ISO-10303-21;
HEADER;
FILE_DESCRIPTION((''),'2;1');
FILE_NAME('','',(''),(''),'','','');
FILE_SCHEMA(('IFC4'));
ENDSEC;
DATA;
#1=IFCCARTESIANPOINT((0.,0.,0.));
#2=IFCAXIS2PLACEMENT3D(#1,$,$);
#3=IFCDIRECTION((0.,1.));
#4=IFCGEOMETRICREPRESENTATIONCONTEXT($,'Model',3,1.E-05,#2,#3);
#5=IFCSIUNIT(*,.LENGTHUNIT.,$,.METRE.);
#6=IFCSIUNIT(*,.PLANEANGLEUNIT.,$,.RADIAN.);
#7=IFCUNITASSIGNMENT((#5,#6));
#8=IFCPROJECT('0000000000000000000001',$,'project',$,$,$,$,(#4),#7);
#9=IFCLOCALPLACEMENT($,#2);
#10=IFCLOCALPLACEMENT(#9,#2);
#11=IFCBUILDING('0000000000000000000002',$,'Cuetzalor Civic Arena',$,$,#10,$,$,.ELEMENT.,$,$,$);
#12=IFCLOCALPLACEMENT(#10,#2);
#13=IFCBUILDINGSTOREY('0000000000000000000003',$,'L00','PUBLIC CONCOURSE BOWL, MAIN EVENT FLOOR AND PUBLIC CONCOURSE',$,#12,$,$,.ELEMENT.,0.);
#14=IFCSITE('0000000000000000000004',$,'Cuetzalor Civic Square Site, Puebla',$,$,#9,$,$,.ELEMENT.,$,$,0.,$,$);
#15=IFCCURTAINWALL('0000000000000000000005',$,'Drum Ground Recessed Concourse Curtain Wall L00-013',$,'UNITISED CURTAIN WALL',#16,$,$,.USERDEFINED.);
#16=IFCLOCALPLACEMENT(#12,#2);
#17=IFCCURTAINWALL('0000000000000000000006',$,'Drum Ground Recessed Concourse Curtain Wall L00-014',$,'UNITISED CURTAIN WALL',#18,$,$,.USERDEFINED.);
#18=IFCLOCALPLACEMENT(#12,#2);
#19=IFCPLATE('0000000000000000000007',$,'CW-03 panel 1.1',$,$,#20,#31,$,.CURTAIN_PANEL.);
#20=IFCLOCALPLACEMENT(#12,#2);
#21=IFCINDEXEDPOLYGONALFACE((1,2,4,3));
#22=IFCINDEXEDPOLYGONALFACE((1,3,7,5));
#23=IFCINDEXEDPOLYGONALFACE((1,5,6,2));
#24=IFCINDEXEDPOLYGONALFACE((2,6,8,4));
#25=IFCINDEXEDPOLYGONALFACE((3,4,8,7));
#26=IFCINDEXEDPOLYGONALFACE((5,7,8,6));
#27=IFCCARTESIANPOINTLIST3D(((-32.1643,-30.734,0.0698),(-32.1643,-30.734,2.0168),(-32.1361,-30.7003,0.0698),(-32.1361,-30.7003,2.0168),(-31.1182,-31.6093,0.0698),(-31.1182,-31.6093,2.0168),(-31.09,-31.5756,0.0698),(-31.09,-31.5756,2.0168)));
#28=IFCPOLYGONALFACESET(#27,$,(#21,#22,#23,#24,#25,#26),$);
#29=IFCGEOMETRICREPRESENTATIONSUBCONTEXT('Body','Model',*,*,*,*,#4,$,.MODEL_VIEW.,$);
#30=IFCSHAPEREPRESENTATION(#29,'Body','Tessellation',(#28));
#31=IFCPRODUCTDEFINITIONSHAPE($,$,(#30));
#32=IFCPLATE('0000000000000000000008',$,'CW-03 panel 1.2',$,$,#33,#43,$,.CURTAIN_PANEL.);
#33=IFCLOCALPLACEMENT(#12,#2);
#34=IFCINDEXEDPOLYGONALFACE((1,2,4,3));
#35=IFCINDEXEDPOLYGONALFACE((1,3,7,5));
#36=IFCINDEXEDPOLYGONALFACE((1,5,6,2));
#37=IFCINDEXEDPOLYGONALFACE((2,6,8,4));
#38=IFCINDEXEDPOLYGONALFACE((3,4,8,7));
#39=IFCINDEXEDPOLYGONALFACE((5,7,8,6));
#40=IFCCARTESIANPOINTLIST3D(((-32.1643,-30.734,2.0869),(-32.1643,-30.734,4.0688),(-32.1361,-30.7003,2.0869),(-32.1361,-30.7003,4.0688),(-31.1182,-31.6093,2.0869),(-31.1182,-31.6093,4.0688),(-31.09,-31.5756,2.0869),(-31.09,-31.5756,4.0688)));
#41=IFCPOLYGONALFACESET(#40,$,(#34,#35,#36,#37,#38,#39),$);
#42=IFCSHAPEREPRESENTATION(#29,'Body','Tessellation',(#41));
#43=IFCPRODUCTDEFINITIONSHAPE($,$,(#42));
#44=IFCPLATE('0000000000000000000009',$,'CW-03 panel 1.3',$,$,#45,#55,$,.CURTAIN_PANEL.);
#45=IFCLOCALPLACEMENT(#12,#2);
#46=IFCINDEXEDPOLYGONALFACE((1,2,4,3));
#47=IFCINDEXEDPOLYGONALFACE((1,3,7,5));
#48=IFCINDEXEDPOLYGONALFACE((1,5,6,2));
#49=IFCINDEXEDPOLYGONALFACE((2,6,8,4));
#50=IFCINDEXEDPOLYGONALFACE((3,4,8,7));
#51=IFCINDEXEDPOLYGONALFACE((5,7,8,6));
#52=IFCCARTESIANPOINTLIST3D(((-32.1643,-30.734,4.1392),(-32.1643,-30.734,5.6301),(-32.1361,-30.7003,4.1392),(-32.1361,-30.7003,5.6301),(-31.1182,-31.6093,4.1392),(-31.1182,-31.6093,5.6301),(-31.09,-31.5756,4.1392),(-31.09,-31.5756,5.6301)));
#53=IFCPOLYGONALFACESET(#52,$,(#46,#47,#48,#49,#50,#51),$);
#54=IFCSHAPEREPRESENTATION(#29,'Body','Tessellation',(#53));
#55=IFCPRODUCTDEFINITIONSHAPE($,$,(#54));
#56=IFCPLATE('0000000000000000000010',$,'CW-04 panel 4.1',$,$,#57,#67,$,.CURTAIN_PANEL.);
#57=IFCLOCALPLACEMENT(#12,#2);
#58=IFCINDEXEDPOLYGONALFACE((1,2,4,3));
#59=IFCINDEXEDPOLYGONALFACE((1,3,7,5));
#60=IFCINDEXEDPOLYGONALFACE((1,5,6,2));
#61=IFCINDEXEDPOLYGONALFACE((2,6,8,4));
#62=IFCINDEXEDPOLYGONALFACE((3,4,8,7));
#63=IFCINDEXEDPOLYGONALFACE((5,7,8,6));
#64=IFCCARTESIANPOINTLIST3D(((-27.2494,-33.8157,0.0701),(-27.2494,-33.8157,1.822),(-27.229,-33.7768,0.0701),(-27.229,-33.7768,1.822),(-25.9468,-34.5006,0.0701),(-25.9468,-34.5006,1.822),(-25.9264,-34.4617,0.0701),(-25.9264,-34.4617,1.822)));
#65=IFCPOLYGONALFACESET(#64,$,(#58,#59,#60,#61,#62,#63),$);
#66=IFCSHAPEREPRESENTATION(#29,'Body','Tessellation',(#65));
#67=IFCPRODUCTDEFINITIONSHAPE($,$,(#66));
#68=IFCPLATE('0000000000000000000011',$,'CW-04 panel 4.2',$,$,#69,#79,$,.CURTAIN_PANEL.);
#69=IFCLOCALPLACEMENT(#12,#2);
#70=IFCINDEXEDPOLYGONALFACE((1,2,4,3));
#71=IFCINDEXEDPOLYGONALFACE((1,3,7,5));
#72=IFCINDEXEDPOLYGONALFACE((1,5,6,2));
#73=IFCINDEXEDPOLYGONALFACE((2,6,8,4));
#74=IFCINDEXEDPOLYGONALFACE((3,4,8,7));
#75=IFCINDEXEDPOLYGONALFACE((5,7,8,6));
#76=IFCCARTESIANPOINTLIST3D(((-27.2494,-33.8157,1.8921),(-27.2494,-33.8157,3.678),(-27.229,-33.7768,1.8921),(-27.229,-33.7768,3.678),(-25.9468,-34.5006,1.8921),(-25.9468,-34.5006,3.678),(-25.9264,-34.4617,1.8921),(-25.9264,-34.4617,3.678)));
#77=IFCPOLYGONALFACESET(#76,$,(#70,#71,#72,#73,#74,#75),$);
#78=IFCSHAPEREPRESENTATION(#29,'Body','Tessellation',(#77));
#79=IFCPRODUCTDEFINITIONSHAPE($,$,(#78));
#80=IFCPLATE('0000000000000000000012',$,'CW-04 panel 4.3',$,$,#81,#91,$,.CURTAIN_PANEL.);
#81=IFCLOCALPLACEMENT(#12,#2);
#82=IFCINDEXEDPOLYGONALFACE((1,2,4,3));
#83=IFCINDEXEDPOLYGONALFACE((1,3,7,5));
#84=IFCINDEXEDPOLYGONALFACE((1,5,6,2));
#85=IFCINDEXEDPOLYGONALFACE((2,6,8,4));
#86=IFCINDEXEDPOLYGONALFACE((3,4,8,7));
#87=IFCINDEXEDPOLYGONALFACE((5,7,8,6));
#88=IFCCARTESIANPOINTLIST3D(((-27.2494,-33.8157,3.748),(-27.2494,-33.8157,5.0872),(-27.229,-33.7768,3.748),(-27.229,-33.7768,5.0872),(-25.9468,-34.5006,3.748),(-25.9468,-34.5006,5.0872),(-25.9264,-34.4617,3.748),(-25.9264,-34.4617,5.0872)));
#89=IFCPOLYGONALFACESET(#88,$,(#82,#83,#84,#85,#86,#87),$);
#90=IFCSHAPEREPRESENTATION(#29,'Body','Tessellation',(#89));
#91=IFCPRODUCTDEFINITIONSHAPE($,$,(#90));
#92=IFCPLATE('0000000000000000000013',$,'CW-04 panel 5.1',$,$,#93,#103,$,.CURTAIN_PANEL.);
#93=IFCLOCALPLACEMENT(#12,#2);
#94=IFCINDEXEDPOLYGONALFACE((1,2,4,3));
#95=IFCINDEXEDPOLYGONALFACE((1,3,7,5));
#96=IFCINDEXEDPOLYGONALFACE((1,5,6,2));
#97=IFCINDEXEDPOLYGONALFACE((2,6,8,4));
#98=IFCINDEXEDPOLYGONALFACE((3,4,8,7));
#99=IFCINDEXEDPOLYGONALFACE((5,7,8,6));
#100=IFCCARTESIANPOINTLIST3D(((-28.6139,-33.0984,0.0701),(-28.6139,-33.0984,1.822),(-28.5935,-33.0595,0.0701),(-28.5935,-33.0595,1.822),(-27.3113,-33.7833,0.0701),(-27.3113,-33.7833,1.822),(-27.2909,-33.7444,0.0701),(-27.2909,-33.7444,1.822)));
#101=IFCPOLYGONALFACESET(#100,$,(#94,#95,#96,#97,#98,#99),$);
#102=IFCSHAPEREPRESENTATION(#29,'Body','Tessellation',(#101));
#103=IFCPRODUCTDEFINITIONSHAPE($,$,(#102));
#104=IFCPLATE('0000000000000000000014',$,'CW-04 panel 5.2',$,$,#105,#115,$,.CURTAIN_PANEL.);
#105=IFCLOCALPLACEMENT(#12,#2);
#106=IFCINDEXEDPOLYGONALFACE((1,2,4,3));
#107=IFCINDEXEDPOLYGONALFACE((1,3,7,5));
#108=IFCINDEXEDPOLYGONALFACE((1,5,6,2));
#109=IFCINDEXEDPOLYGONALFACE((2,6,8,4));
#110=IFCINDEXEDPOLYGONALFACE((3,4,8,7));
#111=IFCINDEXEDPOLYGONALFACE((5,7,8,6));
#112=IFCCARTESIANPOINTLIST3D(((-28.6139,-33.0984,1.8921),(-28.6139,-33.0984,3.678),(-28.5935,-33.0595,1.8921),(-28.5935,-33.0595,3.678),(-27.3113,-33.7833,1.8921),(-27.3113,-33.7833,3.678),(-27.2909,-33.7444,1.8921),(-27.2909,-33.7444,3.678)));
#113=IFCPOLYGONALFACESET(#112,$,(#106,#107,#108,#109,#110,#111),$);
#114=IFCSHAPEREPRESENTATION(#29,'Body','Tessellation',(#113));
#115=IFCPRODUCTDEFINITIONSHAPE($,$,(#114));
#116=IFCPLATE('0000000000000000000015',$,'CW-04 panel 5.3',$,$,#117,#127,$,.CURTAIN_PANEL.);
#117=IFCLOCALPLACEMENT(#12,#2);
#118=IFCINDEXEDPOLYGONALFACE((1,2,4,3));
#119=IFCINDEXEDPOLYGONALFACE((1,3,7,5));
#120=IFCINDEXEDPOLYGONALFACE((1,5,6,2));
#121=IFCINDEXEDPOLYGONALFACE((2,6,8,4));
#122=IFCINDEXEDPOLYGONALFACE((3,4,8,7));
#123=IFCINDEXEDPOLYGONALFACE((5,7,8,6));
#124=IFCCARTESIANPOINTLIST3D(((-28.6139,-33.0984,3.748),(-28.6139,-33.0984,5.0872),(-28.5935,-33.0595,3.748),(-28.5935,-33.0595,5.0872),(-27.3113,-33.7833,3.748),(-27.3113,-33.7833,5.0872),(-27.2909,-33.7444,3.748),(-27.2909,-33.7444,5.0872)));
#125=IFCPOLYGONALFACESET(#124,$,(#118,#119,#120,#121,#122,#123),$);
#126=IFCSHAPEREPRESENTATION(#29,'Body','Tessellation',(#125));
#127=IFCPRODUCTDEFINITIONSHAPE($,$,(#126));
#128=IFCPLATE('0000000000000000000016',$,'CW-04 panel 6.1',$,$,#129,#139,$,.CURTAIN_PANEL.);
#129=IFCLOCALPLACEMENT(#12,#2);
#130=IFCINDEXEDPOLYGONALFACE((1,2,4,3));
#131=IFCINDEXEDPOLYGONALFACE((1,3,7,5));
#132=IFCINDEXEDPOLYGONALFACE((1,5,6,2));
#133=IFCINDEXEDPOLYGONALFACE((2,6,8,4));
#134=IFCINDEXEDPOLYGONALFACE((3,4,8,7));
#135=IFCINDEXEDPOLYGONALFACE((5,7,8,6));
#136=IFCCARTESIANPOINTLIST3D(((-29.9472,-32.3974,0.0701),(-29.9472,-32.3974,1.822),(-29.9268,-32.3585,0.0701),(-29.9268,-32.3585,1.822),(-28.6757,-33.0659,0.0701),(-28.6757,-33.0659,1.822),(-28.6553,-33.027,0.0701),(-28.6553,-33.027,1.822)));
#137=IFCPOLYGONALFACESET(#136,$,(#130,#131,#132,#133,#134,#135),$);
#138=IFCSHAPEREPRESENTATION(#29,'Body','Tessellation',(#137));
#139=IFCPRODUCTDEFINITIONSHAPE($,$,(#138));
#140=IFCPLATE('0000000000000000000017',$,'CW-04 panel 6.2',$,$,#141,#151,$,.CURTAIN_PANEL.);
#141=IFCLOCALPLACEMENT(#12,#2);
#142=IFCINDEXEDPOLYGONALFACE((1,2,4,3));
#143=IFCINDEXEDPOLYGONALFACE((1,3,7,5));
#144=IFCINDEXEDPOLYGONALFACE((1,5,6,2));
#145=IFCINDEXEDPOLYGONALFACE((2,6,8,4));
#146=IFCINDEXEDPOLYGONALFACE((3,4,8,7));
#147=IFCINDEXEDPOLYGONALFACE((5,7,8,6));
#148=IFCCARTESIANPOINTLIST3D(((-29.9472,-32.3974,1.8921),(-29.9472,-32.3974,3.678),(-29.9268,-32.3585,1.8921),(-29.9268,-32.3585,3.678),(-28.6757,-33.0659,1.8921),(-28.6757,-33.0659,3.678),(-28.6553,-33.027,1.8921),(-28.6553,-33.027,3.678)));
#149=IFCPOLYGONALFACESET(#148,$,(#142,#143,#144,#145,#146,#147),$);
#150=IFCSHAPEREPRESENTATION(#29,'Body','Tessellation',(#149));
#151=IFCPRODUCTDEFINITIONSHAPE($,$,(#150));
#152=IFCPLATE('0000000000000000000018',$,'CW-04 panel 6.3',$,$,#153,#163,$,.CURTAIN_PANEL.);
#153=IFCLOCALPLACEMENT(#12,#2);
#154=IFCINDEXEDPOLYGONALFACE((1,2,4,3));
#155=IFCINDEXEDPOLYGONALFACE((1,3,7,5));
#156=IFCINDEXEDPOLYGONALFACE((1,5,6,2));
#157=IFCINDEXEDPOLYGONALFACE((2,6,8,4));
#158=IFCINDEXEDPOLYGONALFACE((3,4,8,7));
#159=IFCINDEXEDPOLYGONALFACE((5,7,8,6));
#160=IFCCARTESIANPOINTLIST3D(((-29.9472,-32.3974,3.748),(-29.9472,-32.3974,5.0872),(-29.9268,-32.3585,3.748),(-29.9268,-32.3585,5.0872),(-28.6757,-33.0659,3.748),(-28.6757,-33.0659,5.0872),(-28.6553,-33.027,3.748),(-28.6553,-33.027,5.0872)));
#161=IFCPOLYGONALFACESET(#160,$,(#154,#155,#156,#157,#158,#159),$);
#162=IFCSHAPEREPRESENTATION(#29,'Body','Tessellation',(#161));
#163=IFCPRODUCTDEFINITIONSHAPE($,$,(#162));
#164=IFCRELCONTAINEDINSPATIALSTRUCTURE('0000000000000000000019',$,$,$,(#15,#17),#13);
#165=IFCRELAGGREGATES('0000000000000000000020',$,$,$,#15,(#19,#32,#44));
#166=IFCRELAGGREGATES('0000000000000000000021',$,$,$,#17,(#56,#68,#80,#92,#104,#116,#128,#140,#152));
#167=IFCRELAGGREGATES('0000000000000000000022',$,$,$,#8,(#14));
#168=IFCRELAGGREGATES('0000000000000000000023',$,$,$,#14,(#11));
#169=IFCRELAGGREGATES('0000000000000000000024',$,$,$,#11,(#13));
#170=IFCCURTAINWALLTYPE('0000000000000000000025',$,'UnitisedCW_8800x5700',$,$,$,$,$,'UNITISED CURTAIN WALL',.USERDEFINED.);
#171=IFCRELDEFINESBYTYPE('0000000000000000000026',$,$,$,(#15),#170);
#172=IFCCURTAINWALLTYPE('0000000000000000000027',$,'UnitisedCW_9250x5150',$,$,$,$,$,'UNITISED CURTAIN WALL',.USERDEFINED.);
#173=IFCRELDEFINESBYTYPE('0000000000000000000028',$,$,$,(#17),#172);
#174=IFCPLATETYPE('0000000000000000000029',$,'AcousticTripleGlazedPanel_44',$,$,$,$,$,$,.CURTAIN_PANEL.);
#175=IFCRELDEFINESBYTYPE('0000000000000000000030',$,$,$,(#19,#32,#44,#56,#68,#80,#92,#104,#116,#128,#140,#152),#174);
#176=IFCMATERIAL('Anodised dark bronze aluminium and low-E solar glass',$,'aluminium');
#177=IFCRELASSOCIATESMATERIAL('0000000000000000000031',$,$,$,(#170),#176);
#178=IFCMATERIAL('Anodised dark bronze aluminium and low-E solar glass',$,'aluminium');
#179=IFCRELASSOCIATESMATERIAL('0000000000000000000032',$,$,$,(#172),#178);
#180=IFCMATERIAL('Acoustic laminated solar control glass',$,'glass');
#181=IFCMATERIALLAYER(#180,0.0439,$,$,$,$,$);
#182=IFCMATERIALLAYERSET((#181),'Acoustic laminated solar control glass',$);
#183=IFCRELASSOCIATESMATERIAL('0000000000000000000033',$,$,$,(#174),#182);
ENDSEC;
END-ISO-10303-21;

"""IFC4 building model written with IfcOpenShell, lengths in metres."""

from ifc_helpers import new_model, si_unit, direction, frame, origin, origin_2d, place, context, subcontext, project, spatial, rectangle, extrude, material, layer, layer_set, type_object, element, aggregate, save


model = new_model("IFC4")

# Units and contexts
model_context = context("Model", 3, precision=1e-05, world=origin(), true_north=direction((0.0, 1.0)))
body_context = subcontext(model_context, "Body", "Model", "MODEL_VIEW")
ifc_project = project(units=[si_unit("LENGTHUNIT", "METRE"), si_unit("PLANEANGLEUNIT", "RADIAN")], contexts=[model_context])

# Site, building, storey
site_placement = place(None, origin())
site = spatial("IfcSite", under=ifc_project, at=site_placement, Name="Cuetzalor Civic Square Site, Puebla", CompositionType="ELEMENT", RefElevation=0.0)
building_placement = place(site_placement, origin())
building = spatial("IfcBuilding", under=site, at=building_placement, Name="Cuetzalor Civic Arena", CompositionType="ELEMENT")
storey_placement = place(building_placement, origin())
storey = spatial("IfcBuildingStorey", under=building, at=storey_placement, Name="L00", Description="PUBLIC CONCOURSE BOWL, MAIN EVENT FLOOR AND PUBLIC CONCOURSE", CompositionType="ELEMENT", Elevation=0.0)

# Curtain walls
ifc_material_1 = material(Name="Anodised dark bronze aluminium and low-E solar glass", Category="aluminium")
curtain_wall_type_1 = type_object("IfcCurtainWallType", Name="UnitisedCW_8800x5700", ElementType="UNITISED CURTAIN WALL", PredefinedType="USERDEFINED", material=ifc_material_1)
curtain_wall_1_placement = place(storey_placement, origin())
curtain_wall_1 = element("IfcCurtainWall", 1, at=curtain_wall_1_placement, inside=storey, type_object=curtain_wall_type_1, Name="Drum Ground Recessed Concourse Curtain Wall L00-013", ObjectType="UNITISED CURTAIN WALL", PredefinedType="USERDEFINED")
ifc_material_2 = material(Name="Anodised dark bronze aluminium and low-E solar glass", Category="aluminium")
curtain_wall_type_2 = type_object("IfcCurtainWallType", Name="UnitisedCW_9250x5150", ElementType="UNITISED CURTAIN WALL", PredefinedType="USERDEFINED", material=ifc_material_2)
curtain_wall_2_placement = place(storey_placement, origin())
curtain_wall_2 = element("IfcCurtainWall", 2, at=curtain_wall_2_placement, inside=storey, type_object=curtain_wall_type_2, Name="Drum Ground Recessed Concourse Curtain Wall L00-014", ObjectType="UNITISED CURTAIN WALL", PredefinedType="USERDEFINED")

# Plates
ifc_material_3 = material(Name="Acoustic laminated solar control glass", Category="glass")
ifc_layer = layer(ifc_material_3, 0.0439)
ifc_layer_set = layer_set([ifc_layer], Name="Acoustic laminated solar control glass")
plate_type = type_object("IfcPlateType", Name="AcousticTripleGlazedPanel_44", PredefinedType="CURTAIN_PANEL", material=ifc_layer_set)
plate_1_placement = place(storey_placement, frame((-31.6272, -31.1548, 0.0698), z_axis=(0.0, 0.0, 1.0), x_axis=(-0.766928, 0.641733, 0.0)))
plate_1 = element("IfcPlate", 3, at=plate_1_placement, type_object=plate_type, Name="CW-03 panel 1.1", PredefinedType="CURTAIN_PANEL", context=body_context, shape_type="SweptSolid", body=[
    extrude(rectangle(XDim=1.364, YDim=0.0439, at=origin_2d()), origin(), (0.0, 0.0, 1.0), 1.947),
])
plate_2_placement = place(storey_placement, frame((-31.6272, -31.1548, 2.0869), z_axis=(0.0, 0.0, 1.0), x_axis=(-0.766928, 0.641733, 0.0)))
plate_2 = element("IfcPlate", 4, at=plate_2_placement, type_object=plate_type, Name="CW-03 panel 1.2", PredefinedType="CURTAIN_PANEL", context=body_context, shape_type="SweptSolid", body=[
    extrude(rectangle(XDim=1.364, YDim=0.0439, at=origin_2d()), origin(), (0.0, 0.0, 1.0), 1.9819),
])
plate_3_placement = place(storey_placement, frame((-31.6272, -31.1548, 4.1392), z_axis=(0.0, 0.0, 1.0), x_axis=(-0.766928, 0.641733, 0.0)))
plate_3 = element("IfcPlate", 5, at=plate_3_placement, type_object=plate_type, Name="CW-03 panel 1.3", PredefinedType="CURTAIN_PANEL", context=body_context, shape_type="SweptSolid", body=[
    extrude(rectangle(XDim=1.364, YDim=0.0439, at=origin_2d()), origin(), (0.0, 0.0, 1.0), 1.491),
])
aggregate(curtain_wall_1, [plate_1, plate_2, plate_3])
plate_4_placement = place(storey_placement, frame((-26.5879, -34.1387, 0.0701), z_axis=(0.0, 0.0, 1.0), x_axis=(-0.885118, 0.465366, 0.0)))
plate_4 = element("IfcPlate", 6, at=plate_4_placement, type_object=plate_type, Name="CW-04 panel 4.1", PredefinedType="CURTAIN_PANEL", context=body_context, shape_type="SweptSolid", body=[
    extrude(rectangle(XDim=1.4717, YDim=0.0439, at=origin_2d()), origin(), (0.0, 0.0, 1.0), 1.752),
])
plate_5_placement = place(storey_placement, frame((-26.5879, -34.1387, 1.8921), z_axis=(0.0, 0.0, 1.0), x_axis=(-0.885118, 0.465366, 0.0)))
plate_5 = element("IfcPlate", 7, at=plate_5_placement, type_object=plate_type, Name="CW-04 panel 4.2", PredefinedType="CURTAIN_PANEL", context=body_context, shape_type="SweptSolid", body=[
    extrude(rectangle(XDim=1.4717, YDim=0.0439, at=origin_2d()), origin(), (0.0, 0.0, 1.0), 1.7859),
])
plate_6_placement = place(storey_placement, frame((-26.5879, -34.1387, 3.748), z_axis=(0.0, 0.0, 1.0), x_axis=(-0.885118, 0.465366, 0.0)))
plate_6 = element("IfcPlate", 8, at=plate_6_placement, type_object=plate_type, Name="CW-04 panel 4.3", PredefinedType="CURTAIN_PANEL", context=body_context, shape_type="SweptSolid", body=[
    extrude(rectangle(XDim=1.4717, YDim=0.0439, at=origin_2d()), origin(), (0.0, 0.0, 1.0), 1.3391),
])
plate_7_placement = place(storey_placement, frame((-27.9524, -33.4214, 0.0701), z_axis=(0.0, 0.0, 1.0), x_axis=(-0.885118, 0.465366, 0.0)))
plate_7 = element("IfcPlate", 9, at=plate_7_placement, type_object=plate_type, Name="CW-04 panel 5.1", PredefinedType="CURTAIN_PANEL", context=body_context, shape_type="SweptSolid", body=[
    extrude(rectangle(XDim=1.4717, YDim=0.0439, at=origin_2d()), origin(), (0.0, 0.0, 1.0), 1.752),
])
plate_8_placement = place(storey_placement, frame((-27.9524, -33.4214, 1.8921), z_axis=(0.0, 0.0, 1.0), x_axis=(-0.885118, 0.465366, 0.0)))
plate_8 = element("IfcPlate", 10, at=plate_8_placement, type_object=plate_type, Name="CW-04 panel 5.2", PredefinedType="CURTAIN_PANEL", context=body_context, shape_type="SweptSolid", body=[
    extrude(rectangle(XDim=1.4717, YDim=0.0439, at=origin_2d()), origin(), (0.0, 0.0, 1.0), 1.7859),
])
plate_9_placement = place(storey_placement, frame((-27.9524, -33.4214, 3.748), z_axis=(0.0, 0.0, 1.0), x_axis=(-0.885118, 0.465366, 0.0)))
plate_9 = element("IfcPlate", 11, at=plate_9_placement, type_object=plate_type, Name="CW-04 panel 5.3", PredefinedType="CURTAIN_PANEL", context=body_context, shape_type="SweptSolid", body=[
    extrude(rectangle(XDim=1.4717, YDim=0.0439, at=origin_2d()), origin(), (0.0, 0.0, 1.0), 1.3391),
])
plate_10_placement = place(storey_placement, frame((-29.3013, -32.7122, 0.0701), z_axis=(0.0, 0.0, 1.0), x_axis=(-0.885118, 0.465366, 0.0)))
plate_10 = element("IfcPlate", 12, at=plate_10_placement, type_object=plate_type, Name="CW-04 panel 6.1", PredefinedType="CURTAIN_PANEL", context=body_context, shape_type="SweptSolid", body=[
    extrude(rectangle(XDim=1.4365, YDim=0.0439, at=origin_2d()), origin(), (0.0, 0.0, 1.0), 1.752),
])
plate_11_placement = place(storey_placement, frame((-29.3013, -32.7122, 1.8921), z_axis=(0.0, 0.0, 1.0), x_axis=(-0.885118, 0.465366, 0.0)))
plate_11 = element("IfcPlate", 13, at=plate_11_placement, type_object=plate_type, Name="CW-04 panel 6.2", PredefinedType="CURTAIN_PANEL", context=body_context, shape_type="SweptSolid", body=[
    extrude(rectangle(XDim=1.4365, YDim=0.0439, at=origin_2d()), origin(), (0.0, 0.0, 1.0), 1.7859),
])
plate_12_placement = place(storey_placement, frame((-29.3013, -32.7122, 3.748), z_axis=(0.0, 0.0, 1.0), x_axis=(-0.885118, 0.465366, 0.0)))
plate_12 = element("IfcPlate", 14, at=plate_12_placement, type_object=plate_type, Name="CW-04 panel 6.3", PredefinedType="CURTAIN_PANEL", context=body_context, shape_type="SweptSolid", body=[
    extrude(rectangle(XDim=1.4365, YDim=0.0439, at=origin_2d()), origin(), (0.0, 0.0, 1.0), 1.3391),
])
aggregate(curtain_wall_2, [plate_4, plate_5, plate_6, plate_7, plate_8, plate_9, plate_10, plate_11, plate_12])

save(model, "model.ifc")
